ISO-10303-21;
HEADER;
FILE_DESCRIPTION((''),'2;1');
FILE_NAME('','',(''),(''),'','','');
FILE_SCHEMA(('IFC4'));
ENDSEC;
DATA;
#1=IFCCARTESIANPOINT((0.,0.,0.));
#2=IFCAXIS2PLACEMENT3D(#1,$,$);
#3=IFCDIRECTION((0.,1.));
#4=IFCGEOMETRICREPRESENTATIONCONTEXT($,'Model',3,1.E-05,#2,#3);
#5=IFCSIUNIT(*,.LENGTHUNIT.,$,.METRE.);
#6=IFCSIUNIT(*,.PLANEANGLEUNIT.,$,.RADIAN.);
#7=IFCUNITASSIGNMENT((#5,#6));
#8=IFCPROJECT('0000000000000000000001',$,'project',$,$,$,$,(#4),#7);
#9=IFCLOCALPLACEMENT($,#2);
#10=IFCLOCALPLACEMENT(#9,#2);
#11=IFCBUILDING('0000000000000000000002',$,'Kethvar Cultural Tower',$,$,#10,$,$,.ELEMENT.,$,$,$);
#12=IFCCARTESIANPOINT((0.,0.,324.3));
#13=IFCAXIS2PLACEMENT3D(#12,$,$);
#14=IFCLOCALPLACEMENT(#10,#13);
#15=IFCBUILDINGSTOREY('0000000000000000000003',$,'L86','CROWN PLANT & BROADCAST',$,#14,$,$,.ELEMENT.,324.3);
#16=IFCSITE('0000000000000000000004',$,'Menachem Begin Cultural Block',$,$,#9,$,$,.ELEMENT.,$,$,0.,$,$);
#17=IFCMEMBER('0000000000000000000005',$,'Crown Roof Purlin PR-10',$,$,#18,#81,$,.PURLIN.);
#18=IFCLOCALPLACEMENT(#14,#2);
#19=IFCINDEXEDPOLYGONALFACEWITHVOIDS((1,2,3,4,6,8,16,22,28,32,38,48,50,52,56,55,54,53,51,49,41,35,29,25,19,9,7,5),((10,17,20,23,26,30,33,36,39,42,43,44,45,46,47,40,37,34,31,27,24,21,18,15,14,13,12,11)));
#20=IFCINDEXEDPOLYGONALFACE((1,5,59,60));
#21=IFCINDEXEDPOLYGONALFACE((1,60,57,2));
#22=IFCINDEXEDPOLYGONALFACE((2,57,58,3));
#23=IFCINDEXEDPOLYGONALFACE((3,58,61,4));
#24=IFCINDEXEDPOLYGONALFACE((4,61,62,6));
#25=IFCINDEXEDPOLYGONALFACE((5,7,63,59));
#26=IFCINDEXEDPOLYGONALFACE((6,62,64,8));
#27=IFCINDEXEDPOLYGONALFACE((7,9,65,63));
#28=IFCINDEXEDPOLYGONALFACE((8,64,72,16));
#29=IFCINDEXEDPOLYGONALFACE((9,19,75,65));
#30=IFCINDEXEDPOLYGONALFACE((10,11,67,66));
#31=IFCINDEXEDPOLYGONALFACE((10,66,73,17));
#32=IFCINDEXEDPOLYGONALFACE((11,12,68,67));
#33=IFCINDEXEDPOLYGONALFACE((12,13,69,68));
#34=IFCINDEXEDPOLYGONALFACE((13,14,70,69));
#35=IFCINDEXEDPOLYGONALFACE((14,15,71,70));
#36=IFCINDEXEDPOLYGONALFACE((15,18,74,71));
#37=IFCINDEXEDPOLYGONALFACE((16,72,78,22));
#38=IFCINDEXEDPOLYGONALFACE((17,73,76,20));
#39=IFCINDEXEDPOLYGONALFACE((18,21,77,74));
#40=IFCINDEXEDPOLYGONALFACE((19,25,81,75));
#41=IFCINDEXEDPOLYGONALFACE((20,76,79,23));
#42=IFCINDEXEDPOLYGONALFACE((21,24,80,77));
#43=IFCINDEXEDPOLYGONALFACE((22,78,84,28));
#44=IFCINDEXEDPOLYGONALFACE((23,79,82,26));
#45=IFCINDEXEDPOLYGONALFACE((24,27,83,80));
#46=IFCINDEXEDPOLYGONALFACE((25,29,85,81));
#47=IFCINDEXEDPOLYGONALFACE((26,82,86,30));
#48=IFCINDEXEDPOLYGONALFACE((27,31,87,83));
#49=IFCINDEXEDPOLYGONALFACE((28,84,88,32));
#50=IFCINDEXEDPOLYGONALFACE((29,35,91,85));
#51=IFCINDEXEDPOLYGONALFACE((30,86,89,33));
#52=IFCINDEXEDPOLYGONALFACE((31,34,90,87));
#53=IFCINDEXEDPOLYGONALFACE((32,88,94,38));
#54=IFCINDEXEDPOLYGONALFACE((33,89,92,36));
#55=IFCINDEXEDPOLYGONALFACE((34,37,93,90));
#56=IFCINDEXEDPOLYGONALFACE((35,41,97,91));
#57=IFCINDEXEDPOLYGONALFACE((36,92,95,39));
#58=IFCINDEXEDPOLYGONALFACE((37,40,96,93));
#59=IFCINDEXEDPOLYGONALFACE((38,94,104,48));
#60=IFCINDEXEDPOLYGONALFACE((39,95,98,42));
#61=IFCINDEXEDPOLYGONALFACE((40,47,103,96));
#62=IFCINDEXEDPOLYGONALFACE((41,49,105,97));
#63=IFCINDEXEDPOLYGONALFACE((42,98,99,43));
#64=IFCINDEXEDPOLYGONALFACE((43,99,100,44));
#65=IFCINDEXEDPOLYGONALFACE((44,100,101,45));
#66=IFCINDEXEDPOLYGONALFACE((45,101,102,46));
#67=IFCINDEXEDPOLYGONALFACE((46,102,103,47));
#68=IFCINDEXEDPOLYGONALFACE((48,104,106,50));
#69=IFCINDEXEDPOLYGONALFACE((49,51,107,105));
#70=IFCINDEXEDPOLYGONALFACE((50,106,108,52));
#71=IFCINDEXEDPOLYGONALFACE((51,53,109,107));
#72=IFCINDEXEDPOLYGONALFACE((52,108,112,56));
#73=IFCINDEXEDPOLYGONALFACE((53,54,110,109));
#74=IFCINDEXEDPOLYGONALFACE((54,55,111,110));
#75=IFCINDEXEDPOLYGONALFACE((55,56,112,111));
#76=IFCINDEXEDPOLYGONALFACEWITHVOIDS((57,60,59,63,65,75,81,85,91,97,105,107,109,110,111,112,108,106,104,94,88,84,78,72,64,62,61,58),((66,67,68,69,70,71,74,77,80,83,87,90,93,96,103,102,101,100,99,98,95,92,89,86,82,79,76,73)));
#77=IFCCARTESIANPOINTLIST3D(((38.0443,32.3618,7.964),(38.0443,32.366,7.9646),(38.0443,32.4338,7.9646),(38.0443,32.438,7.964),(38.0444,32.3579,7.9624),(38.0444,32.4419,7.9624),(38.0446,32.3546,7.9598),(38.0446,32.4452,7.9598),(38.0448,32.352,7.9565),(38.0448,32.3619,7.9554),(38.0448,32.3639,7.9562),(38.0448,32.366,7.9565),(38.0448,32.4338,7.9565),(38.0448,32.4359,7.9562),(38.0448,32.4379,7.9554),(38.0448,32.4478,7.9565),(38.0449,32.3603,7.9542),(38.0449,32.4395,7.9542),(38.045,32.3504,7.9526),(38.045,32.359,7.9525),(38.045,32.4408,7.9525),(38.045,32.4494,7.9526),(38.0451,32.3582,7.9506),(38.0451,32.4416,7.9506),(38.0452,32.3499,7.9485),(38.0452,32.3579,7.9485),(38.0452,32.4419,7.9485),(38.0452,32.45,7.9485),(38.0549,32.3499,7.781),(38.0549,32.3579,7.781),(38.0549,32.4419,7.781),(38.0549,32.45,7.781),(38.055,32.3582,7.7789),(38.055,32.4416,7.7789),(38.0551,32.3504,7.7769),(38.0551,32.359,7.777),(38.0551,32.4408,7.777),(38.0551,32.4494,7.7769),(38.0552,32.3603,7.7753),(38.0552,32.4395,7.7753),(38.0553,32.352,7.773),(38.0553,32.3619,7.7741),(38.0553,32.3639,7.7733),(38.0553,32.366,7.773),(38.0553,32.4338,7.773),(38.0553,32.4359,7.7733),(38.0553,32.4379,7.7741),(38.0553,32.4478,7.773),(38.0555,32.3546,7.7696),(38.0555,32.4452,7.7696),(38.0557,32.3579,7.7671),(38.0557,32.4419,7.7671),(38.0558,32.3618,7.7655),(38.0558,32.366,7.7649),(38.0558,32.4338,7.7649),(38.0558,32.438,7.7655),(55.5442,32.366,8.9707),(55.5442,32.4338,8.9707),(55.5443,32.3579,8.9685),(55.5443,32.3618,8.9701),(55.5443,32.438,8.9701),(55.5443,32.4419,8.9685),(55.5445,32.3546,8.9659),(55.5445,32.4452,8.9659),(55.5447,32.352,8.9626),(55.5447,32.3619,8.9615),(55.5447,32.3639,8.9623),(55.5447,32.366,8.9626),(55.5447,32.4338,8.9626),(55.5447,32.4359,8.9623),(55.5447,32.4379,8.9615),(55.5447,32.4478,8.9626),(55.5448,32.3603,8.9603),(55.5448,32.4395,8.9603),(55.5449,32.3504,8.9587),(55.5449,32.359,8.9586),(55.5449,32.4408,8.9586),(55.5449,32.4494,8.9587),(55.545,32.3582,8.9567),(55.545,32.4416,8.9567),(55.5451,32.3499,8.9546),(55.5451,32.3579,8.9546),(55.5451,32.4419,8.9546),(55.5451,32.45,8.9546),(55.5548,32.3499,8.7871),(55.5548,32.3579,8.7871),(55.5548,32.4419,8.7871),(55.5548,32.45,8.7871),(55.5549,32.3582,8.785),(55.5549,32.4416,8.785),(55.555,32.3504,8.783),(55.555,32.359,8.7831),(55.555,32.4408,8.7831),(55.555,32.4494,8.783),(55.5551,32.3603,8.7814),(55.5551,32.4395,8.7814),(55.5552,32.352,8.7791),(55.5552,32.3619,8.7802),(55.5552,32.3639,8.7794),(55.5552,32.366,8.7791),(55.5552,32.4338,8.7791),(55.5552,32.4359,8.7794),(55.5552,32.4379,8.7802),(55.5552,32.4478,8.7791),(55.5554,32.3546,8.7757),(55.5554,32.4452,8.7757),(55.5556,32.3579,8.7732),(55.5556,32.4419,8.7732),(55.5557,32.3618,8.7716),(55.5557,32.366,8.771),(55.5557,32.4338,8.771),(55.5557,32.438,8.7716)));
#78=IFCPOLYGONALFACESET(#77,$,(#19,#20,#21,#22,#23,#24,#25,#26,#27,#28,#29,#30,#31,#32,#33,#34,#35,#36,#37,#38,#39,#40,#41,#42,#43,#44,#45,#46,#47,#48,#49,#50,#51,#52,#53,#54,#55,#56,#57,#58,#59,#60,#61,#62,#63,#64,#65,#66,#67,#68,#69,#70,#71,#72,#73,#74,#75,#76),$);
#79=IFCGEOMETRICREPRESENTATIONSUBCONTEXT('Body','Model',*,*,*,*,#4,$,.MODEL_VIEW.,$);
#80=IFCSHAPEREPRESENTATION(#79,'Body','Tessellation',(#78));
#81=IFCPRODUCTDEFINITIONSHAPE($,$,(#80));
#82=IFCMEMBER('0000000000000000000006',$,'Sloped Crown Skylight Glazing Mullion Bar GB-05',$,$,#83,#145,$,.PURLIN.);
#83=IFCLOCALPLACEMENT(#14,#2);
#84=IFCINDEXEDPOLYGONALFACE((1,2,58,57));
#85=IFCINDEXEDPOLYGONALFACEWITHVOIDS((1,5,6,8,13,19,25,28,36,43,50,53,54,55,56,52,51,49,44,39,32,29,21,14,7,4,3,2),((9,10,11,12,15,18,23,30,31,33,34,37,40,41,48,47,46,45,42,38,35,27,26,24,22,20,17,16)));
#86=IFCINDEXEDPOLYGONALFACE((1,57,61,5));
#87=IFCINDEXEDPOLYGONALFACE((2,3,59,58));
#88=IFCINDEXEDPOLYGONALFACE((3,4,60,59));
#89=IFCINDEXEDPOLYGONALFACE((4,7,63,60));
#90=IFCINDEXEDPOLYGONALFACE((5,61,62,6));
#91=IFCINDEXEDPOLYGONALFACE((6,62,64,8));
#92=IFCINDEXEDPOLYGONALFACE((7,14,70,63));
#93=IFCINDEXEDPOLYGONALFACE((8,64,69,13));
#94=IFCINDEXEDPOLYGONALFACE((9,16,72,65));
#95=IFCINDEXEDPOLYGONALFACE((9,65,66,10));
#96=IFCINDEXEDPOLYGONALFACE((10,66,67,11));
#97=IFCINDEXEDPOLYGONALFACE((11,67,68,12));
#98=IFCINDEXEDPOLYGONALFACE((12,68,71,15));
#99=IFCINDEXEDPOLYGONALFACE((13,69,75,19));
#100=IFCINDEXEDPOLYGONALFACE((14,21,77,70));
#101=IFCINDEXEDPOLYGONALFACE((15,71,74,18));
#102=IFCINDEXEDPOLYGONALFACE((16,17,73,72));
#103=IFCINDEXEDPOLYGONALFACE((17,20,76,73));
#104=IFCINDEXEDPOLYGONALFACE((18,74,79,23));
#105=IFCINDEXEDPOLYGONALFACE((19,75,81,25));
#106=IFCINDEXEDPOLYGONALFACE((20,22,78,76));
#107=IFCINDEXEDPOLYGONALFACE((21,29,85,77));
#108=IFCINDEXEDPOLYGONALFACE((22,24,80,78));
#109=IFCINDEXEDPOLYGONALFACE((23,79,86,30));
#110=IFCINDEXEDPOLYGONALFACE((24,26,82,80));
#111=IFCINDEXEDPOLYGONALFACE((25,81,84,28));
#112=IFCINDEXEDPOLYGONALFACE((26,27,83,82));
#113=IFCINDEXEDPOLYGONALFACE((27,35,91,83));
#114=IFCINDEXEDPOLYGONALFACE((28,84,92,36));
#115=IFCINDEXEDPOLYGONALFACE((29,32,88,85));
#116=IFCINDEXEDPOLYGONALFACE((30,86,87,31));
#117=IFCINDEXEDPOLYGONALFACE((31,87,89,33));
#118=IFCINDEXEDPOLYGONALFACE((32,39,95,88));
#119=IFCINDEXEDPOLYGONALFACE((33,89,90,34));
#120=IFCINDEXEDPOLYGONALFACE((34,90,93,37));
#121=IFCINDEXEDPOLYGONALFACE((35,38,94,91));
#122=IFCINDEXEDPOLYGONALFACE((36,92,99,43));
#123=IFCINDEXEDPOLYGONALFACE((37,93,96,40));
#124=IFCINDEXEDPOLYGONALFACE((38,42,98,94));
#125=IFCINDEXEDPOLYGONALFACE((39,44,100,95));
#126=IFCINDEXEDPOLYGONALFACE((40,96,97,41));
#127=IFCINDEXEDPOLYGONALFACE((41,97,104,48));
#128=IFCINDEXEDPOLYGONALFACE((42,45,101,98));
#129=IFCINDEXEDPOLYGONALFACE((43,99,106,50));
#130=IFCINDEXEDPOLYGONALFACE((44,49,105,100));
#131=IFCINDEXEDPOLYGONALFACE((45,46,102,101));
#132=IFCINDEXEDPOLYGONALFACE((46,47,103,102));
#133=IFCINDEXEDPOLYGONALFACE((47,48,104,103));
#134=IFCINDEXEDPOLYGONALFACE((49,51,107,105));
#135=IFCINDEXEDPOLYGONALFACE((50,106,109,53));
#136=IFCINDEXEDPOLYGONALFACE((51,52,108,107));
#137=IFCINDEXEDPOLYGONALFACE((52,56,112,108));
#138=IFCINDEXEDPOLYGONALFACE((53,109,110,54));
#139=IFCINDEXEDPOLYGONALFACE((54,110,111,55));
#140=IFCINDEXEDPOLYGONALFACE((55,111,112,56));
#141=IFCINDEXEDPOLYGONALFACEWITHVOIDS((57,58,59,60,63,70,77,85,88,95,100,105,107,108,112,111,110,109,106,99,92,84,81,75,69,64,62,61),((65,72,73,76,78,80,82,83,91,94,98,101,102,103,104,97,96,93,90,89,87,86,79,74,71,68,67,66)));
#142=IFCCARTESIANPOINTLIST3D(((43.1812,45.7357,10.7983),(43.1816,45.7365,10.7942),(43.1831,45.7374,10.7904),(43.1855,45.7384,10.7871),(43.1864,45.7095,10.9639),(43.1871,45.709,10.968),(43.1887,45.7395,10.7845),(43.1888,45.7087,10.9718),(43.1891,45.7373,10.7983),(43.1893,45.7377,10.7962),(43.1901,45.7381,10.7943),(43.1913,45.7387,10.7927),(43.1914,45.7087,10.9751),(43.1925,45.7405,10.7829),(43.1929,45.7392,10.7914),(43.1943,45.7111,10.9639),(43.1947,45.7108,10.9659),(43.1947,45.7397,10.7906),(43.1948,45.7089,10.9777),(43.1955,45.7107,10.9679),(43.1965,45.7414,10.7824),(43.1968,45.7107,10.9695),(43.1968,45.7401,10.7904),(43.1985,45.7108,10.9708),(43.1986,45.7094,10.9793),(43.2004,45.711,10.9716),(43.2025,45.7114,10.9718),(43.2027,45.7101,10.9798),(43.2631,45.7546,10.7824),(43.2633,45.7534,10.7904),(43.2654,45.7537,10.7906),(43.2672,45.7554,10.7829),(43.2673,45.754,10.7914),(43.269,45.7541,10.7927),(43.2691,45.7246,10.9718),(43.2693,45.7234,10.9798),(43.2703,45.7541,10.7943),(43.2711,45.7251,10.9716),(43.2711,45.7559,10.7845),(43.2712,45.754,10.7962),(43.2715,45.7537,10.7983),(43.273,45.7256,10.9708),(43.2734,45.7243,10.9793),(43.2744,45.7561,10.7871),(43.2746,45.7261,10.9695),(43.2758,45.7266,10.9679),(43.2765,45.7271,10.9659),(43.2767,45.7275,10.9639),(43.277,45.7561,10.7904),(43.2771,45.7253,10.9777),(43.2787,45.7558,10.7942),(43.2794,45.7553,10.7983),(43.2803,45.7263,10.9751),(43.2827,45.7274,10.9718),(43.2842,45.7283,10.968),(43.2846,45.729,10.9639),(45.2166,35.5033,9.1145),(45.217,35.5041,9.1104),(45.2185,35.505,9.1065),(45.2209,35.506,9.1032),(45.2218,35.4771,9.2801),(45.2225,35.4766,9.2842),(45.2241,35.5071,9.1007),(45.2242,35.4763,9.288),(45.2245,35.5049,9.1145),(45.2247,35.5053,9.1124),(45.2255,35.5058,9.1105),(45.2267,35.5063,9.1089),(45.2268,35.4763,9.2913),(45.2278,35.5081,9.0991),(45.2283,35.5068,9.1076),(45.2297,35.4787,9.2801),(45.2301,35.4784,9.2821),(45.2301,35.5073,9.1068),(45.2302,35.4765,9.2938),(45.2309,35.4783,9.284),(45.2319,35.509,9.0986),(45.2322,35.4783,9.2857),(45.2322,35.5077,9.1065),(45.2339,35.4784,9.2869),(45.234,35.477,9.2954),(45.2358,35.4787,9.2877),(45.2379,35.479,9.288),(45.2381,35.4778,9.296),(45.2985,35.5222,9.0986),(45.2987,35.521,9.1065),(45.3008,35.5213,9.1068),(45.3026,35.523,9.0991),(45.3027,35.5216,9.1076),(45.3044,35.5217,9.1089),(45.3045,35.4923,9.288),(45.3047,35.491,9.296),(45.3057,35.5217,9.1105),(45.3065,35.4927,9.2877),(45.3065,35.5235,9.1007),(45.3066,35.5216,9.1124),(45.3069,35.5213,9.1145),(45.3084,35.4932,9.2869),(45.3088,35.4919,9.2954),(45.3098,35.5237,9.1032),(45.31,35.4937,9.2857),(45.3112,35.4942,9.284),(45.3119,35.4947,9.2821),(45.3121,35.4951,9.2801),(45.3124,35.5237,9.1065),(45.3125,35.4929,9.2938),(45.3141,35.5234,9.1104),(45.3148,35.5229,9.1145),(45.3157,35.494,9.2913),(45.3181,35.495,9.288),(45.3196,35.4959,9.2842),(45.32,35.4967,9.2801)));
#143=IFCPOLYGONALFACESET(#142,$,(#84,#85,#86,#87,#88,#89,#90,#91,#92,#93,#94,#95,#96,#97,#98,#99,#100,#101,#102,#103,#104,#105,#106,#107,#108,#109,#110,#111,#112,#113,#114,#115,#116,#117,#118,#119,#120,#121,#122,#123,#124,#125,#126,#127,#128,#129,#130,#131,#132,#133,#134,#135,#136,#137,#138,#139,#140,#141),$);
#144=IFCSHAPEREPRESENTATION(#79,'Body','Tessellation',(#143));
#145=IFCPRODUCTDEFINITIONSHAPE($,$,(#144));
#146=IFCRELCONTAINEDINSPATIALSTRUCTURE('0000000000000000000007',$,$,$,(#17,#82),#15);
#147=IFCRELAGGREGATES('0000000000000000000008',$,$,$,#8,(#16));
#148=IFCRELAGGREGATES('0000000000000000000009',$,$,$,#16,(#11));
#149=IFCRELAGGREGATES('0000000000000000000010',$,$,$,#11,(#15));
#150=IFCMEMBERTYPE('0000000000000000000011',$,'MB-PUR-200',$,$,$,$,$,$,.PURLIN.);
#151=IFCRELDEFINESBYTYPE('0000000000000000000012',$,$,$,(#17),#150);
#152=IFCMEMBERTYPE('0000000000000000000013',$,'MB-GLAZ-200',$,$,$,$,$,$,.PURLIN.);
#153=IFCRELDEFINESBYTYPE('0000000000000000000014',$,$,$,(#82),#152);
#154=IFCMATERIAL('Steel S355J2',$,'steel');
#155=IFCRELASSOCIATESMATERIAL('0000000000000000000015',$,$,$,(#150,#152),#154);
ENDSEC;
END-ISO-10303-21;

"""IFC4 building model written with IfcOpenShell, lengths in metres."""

from ifc_helpers import new_model, si_unit, direction, frame, origin, origin_2d, place, context, subcontext, project, spatial, hollow_rectangle, extrude, source, transform, mapped, material, material_profile, profile_set, type_object, element, save


model = new_model("IFC4")

# Units and contexts
model_context = context("Model", 3, precision=1e-05, world=origin(), true_north=direction((0.0, 1.0)))
body_context = subcontext(model_context, "Body", "Model", "MODEL_VIEW")
ifc_project = project(units=[si_unit("LENGTHUNIT", "METRE"), si_unit("PLANEANGLEUNIT", "RADIAN")], contexts=[model_context])

# Site, building, storey
site_placement = place(None, origin())
site = spatial("IfcSite", under=ifc_project, at=site_placement, Name="Menachem Begin Cultural Block", CompositionType="ELEMENT", RefElevation=0.0)
building_placement = place(site_placement, origin())
building = spatial("IfcBuilding", under=site, at=building_placement, Name="Kethvar Cultural Tower", CompositionType="ELEMENT")
storey_placement = place(building_placement, frame((0.0, 0.0, 324.3)))
storey = spatial("IfcBuildingStorey", under=building, at=storey_placement, Name="L86", Description="CROWN PLANT & BROADCAST", CompositionType="ELEMENT", Elevation=324.3)

# Shared definitions
ifc_material_1 = material(Name="Steel S355J2", Category="steel")

# Members
ifc_material_profile_1 = material_profile(ifc_material_1, hollow_rectangle(XDim=0.1001, YDim=0.2, WallThickness=0.0081, InnerFilletRadius=0.0081, OuterFilletRadius=0.0161, at=origin_2d()), Name="Steel S355J2 — RHS200x100x8")
ifc_profile_set_1 = profile_set([ifc_material_profile_1], Name="Steel S355J2 — RHS200x100x8")
member_type_1 = type_object("IfcMemberType", Name="MB-PUR-200", PredefinedType="PURLIN", material=ifc_profile_set_1)
shared_shape_1 = source(origin(), body_context, "Body", "SweptSolid", [
    extrude(hollow_rectangle(XDim=0.1001, YDim=0.2, WallThickness=0.0081, InnerFilletRadius=0.0081, OuterFilletRadius=0.0161, at=origin_2d()), origin(), (0.0, 0.0, 1.0), 17.5288),
])
for number, where, z_axis, x_axis, name in (
    (1, (38.05, 32.3999, 7.8647), (0.998351, 0.0, 0.057397), (0.0, 1.0, 0.0), "Crown Roof Purlin PR-10"),
):
    element("IfcMember", number, at=place(storey_placement, frame(where, z_axis=z_axis, x_axis=x_axis)), inside=storey, type_object=member_type_1, Name=name, PredefinedType="PURLIN", context=body_context, shape_type="MappedRepresentation", body=[
        mapped(shared_shape_1, transform((0.0, 0.0, 0.0), scale=1.0)),
    ])
ifc_material_profile_2 = material_profile(ifc_material_1, hollow_rectangle(XDim=0.1001, YDim=0.2, WallThickness=0.0081, InnerFilletRadius=0.0081, OuterFilletRadius=0.0161, at=origin_2d()), Name="Steel S355J2 — RHS200x100x8")
ifc_profile_set_2 = profile_set([ifc_material_profile_2], Name="Steel S355J2 — RHS200x100x8")
member_type_2 = type_object("IfcMemberType", Name="MB-GLAZ-200", PredefinedType="PURLIN", material=ifc_profile_set_2)
shared_shape_2 = source(origin(), body_context, "Body", "SweptSolid", [
    extrude(hollow_rectangle(XDim=0.1001, YDim=0.2, WallThickness=0.0081, InnerFilletRadius=0.0081, OuterFilletRadius=0.0161, at=origin_2d()), origin(), (0.0, 0.0, 1.0), 10.5679),
])
member_1_placement = place(storey_placement, frame((45.2683, 35.5, 9.1973), z_axis=(-0.192602, 0.968255, 0.159335), x_axis=(-0.980784, -0.195094, 0.0)))
element("IfcMember", 2, at=member_1_placement, inside=storey, type_object=member_type_2, Name="Sloped Crown Skylight Glazing Mullion Bar GB-05", PredefinedType="PURLIN", context=body_context, shape_type="MappedRepresentation", body=[
    mapped(shared_shape_2, transform((0.0, 0.0, 0.0), scale=1.0)),
])

save(model, "model.ifc")
